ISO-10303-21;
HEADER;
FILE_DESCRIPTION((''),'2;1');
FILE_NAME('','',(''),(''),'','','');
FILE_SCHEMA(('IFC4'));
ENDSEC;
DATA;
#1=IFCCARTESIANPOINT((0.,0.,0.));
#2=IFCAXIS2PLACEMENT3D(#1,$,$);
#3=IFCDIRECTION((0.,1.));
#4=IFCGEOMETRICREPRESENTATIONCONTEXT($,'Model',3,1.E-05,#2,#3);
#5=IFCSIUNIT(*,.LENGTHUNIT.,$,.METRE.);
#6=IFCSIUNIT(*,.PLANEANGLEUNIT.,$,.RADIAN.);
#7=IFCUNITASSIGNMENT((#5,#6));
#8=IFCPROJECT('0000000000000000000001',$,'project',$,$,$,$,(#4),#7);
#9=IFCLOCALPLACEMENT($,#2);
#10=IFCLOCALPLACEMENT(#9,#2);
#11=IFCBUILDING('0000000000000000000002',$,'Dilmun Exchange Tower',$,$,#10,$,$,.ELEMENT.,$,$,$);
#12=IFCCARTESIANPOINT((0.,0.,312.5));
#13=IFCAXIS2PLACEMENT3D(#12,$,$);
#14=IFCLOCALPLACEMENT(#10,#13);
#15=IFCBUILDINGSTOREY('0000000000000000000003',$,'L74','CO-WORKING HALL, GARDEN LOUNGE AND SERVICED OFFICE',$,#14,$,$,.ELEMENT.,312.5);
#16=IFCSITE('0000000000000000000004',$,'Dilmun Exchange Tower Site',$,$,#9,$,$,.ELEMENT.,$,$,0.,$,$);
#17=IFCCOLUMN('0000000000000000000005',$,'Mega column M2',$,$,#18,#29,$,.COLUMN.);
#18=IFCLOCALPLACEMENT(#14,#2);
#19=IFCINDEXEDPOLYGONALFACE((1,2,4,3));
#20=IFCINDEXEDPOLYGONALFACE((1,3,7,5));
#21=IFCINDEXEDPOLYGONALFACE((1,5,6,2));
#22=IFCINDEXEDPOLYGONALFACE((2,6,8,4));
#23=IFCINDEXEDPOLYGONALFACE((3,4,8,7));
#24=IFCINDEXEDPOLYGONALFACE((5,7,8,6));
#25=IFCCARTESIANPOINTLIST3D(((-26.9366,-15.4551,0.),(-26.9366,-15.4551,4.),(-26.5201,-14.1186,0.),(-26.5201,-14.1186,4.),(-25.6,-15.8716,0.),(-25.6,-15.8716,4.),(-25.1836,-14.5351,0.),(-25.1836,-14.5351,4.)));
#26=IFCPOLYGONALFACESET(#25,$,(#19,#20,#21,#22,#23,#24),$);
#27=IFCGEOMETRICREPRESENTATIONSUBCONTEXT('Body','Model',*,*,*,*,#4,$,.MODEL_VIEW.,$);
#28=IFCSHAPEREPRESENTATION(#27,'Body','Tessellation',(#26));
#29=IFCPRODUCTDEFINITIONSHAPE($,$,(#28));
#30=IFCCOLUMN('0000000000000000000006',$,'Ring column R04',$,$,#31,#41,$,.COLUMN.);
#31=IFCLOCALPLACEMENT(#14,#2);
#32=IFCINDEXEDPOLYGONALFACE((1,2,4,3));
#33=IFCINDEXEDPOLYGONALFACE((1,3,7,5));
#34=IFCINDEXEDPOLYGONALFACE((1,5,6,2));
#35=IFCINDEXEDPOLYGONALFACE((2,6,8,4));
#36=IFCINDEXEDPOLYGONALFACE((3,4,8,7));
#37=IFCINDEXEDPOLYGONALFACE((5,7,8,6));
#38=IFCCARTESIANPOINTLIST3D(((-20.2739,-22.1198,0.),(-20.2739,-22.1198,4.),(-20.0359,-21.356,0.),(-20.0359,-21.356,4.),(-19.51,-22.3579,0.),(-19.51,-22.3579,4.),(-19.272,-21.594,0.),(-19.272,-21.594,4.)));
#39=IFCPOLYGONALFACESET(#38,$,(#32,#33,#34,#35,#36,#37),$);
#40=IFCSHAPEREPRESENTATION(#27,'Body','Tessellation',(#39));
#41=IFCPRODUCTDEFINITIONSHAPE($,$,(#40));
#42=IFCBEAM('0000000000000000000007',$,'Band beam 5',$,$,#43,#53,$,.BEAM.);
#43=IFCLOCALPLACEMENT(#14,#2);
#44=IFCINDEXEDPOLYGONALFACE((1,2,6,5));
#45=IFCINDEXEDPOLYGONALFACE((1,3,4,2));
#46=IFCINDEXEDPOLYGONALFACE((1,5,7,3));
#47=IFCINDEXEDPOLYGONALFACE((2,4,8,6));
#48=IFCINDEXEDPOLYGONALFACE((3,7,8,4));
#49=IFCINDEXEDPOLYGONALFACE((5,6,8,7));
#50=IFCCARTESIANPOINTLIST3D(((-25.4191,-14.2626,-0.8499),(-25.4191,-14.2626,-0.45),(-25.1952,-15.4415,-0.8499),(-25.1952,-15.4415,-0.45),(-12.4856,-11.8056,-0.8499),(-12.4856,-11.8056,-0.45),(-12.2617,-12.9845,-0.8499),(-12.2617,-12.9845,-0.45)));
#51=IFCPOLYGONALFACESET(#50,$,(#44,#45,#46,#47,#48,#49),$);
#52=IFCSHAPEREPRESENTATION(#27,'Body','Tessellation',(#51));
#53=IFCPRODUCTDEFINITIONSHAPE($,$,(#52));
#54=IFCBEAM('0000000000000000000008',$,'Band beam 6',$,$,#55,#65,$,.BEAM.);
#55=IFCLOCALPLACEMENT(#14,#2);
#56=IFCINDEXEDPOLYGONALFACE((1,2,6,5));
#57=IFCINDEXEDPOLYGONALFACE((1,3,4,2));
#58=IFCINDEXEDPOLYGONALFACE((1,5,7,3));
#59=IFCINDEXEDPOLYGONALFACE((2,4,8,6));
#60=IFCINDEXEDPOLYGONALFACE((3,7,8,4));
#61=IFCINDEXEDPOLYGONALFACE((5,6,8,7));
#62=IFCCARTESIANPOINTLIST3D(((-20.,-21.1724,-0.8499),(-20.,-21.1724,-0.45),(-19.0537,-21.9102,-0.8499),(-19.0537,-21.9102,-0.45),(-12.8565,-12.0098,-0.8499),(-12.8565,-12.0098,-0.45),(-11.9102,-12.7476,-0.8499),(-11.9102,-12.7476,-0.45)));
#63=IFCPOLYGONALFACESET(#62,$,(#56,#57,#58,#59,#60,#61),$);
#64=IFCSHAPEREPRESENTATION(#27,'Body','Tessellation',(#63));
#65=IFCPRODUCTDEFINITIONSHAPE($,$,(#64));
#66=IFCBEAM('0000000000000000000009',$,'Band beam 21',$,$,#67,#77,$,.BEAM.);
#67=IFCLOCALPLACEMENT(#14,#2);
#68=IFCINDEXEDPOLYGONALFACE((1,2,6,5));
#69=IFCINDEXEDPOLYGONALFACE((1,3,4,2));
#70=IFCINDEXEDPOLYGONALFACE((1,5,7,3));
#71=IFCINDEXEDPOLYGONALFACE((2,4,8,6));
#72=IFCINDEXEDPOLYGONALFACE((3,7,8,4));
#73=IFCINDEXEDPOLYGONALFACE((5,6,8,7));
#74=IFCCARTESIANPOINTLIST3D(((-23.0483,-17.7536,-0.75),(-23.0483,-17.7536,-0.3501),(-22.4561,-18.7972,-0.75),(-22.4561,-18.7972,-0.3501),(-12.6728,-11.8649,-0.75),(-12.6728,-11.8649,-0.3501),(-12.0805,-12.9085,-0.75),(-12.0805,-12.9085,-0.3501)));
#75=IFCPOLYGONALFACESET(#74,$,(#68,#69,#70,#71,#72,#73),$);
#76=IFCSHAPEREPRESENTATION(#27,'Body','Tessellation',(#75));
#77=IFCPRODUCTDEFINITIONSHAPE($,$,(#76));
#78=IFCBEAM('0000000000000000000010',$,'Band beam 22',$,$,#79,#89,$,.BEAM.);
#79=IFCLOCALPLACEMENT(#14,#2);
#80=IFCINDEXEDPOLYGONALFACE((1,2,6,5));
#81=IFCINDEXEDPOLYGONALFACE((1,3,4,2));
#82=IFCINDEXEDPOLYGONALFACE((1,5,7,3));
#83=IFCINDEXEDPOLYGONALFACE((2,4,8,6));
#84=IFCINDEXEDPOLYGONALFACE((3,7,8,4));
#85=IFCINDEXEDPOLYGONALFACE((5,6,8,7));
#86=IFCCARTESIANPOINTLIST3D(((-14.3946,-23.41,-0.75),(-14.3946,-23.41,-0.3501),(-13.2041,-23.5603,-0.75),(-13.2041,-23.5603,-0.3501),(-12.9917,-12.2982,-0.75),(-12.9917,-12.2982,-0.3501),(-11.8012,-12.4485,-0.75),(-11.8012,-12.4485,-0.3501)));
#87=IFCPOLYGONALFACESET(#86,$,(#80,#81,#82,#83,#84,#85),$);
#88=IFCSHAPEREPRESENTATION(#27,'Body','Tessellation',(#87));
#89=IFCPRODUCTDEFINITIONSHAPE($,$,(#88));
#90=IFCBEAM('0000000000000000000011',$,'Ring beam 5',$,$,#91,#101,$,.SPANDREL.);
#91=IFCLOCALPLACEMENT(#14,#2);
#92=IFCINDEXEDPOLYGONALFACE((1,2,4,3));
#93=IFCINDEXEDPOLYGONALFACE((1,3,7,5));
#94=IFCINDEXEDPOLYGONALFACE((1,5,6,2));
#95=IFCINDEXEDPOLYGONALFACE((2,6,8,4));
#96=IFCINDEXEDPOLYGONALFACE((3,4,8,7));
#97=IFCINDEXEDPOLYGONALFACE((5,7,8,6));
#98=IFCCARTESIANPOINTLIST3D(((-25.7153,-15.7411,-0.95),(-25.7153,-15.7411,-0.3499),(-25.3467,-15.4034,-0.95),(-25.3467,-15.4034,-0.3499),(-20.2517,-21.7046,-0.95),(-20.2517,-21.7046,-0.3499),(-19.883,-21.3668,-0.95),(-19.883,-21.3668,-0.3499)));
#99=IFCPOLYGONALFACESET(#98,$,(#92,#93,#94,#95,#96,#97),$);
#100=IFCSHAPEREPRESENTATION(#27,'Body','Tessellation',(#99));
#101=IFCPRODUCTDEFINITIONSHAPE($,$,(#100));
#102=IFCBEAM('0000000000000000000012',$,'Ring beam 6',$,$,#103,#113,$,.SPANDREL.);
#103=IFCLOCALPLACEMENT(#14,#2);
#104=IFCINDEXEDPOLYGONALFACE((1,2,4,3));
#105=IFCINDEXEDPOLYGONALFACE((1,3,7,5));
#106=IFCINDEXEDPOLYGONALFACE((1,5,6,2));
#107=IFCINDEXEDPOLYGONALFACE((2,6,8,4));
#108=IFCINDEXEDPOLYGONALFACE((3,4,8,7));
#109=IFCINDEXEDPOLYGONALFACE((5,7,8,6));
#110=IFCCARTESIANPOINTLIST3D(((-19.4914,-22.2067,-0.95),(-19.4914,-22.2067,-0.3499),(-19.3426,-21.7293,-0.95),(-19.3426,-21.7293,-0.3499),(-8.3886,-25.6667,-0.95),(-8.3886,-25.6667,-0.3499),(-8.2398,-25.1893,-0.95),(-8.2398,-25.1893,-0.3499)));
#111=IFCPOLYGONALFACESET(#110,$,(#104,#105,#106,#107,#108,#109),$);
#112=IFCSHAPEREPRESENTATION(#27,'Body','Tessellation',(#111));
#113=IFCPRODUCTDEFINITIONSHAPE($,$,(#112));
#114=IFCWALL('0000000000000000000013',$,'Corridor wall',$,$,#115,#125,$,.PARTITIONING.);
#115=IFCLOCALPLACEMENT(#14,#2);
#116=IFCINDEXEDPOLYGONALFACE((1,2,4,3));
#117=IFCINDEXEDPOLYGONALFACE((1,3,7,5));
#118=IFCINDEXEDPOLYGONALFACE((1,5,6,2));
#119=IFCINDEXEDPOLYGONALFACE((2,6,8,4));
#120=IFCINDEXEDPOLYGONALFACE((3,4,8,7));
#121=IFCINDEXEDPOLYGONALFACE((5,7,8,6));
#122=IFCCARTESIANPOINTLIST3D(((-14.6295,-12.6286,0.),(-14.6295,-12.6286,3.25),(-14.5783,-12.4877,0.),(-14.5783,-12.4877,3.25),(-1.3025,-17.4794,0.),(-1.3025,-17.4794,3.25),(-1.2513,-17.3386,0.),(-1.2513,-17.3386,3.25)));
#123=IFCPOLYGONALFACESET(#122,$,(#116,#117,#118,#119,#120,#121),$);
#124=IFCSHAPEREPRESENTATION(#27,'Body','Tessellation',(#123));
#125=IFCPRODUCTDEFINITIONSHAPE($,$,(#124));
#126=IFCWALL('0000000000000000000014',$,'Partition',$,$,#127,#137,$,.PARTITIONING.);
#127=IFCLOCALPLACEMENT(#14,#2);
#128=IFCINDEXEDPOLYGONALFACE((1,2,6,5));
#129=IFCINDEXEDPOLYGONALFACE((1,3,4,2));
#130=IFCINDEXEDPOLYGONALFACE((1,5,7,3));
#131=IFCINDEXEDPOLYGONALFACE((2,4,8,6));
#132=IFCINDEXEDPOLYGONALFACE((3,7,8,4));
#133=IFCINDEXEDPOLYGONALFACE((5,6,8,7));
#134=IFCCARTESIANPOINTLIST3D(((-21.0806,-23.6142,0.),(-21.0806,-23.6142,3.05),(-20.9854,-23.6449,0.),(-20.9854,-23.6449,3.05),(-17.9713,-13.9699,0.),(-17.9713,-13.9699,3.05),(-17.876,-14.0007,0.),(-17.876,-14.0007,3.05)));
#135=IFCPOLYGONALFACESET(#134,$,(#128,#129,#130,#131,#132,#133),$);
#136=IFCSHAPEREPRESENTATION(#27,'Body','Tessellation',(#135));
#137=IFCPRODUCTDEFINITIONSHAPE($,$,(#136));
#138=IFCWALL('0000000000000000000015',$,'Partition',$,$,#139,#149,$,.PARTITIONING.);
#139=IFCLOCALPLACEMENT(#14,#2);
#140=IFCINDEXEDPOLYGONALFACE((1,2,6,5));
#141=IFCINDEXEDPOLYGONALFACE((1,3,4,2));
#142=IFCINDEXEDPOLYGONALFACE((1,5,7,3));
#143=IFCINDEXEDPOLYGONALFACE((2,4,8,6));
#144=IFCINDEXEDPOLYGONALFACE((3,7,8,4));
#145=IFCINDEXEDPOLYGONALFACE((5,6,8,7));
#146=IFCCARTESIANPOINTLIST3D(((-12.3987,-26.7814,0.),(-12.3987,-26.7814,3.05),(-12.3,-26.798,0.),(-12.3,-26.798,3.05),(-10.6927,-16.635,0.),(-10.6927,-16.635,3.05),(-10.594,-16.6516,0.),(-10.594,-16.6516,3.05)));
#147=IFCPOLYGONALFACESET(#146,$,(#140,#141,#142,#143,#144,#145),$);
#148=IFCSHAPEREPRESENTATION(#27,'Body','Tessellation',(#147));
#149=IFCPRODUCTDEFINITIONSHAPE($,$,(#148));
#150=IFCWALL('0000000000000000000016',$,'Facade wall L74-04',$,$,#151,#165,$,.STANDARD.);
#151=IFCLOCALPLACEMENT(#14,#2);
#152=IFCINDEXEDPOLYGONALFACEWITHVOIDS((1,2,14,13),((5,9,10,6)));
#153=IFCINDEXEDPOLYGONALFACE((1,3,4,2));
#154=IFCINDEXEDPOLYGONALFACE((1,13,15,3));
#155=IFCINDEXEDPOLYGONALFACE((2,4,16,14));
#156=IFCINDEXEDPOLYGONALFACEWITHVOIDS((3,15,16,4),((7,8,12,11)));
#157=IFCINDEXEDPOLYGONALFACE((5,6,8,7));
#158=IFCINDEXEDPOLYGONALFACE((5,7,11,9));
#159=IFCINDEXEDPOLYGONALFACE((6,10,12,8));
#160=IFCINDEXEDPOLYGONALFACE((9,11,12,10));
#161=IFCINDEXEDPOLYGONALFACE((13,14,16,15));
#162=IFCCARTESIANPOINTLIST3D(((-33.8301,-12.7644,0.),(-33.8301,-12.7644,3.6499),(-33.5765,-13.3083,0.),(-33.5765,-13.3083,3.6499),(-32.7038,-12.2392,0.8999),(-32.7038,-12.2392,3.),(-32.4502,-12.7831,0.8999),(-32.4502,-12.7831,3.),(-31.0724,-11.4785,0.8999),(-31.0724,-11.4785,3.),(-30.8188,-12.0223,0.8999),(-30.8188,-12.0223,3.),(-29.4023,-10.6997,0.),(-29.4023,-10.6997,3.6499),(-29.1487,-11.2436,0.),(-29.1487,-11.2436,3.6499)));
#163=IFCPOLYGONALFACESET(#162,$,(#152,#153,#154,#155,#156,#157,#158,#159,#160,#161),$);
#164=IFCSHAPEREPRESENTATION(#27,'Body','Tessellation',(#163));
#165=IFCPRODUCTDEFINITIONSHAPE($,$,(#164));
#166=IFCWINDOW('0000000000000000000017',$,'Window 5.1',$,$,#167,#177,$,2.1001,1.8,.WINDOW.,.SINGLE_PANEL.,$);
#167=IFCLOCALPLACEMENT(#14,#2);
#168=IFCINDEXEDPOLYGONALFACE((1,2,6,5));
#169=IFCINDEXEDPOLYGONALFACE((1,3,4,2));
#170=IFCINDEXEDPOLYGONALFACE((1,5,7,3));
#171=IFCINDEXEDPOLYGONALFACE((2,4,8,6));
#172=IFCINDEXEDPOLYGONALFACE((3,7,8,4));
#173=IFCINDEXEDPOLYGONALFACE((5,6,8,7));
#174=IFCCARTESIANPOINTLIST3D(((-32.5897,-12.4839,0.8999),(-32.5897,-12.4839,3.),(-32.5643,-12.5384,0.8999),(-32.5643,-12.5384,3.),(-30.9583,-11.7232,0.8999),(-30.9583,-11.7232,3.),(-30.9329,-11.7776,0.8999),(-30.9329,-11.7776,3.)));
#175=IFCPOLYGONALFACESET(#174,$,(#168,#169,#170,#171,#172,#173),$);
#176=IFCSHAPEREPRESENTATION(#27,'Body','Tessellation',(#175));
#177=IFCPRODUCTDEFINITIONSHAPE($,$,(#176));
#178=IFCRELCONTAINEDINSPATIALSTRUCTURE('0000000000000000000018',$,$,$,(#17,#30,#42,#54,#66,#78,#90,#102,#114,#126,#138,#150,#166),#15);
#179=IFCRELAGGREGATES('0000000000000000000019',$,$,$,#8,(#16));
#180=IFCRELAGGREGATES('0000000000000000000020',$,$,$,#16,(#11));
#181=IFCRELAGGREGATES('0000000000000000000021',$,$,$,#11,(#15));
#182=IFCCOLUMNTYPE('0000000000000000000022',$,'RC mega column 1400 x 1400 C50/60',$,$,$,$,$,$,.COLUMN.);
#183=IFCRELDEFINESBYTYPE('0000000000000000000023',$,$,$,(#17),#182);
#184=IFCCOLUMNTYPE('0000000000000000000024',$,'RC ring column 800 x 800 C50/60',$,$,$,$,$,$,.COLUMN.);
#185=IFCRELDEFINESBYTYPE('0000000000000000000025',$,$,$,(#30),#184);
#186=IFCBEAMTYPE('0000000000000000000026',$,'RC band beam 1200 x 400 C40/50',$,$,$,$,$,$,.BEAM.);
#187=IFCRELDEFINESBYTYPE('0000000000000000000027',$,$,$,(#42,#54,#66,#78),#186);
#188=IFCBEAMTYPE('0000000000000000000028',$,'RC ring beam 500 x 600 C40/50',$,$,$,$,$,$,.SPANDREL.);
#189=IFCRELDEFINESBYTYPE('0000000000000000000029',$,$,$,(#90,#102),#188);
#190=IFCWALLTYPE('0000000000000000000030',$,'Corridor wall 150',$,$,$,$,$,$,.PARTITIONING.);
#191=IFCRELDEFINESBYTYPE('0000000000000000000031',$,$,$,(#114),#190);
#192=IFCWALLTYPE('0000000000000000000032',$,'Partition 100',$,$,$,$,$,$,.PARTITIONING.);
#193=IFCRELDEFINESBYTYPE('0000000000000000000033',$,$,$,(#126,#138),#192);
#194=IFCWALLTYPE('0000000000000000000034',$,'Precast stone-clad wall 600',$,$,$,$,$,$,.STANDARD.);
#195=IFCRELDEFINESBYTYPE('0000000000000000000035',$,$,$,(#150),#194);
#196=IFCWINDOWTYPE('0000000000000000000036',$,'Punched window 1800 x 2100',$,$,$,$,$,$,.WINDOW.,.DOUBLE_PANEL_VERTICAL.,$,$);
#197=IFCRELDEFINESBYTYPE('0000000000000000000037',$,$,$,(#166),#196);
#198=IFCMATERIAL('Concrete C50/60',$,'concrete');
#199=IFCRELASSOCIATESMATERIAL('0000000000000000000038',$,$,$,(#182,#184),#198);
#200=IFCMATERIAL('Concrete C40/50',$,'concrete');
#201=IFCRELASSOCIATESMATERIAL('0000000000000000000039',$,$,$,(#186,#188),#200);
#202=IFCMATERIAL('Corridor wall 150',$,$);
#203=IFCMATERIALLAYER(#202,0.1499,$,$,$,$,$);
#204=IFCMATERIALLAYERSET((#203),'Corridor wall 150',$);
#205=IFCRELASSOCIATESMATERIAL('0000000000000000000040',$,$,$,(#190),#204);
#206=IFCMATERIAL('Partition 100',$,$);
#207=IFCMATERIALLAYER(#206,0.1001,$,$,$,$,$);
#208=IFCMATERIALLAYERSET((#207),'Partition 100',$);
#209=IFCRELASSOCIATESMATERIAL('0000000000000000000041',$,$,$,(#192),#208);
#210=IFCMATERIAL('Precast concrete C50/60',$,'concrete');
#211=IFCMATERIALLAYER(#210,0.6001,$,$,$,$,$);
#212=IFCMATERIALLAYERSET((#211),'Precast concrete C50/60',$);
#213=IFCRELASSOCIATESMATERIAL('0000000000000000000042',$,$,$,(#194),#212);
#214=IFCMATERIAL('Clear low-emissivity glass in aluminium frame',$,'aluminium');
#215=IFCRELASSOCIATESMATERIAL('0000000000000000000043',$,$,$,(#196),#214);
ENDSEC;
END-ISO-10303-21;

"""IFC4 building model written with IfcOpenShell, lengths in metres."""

from ifc_helpers import new_model, si_unit, direction, frame, frame_2d, origin, origin_2d, place, context, subcontext, project, spatial, rectangle, extrude, material, layer, layer_set, material_profile, profile_set, type_object, element, fill, save


model = new_model("IFC4")

# Units and contexts
model_context = context("Model", 3, precision=1e-05, world=origin(), true_north=direction((0.0, 1.0)))
body_context = subcontext(model_context, "Body", "Model", "MODEL_VIEW")
ifc_project = project(units=[si_unit("LENGTHUNIT", "METRE"), si_unit("PLANEANGLEUNIT", "RADIAN")], contexts=[model_context])

# Site, building, storey
site_placement = place(None, origin())
site = spatial("IfcSite", under=ifc_project, at=site_placement, Name="Dilmun Exchange Tower Site", CompositionType="ELEMENT", RefElevation=0.0)
building_placement = place(site_placement, origin())
building = spatial("IfcBuilding", under=site, at=building_placement, Name="Dilmun Exchange Tower", CompositionType="ELEMENT")
storey_placement = place(building_placement, frame((0.0, 0.0, 312.5)))
storey = spatial("IfcBuildingStorey", under=building, at=storey_placement, Name="L74", Description="CO-WORKING HALL, GARDEN LOUNGE AND SERVICED OFFICE", CompositionType="ELEMENT", Elevation=312.5)

# Columns
ifc_material_1 = material(Name="Concrete C50/60", Category="concrete")
ifc_material_profile_1 = material_profile(ifc_material_1, rectangle(XDim=1.3999, YDim=1.3999, at=origin_2d()), Name="1400 x 1400")
ifc_profile_set_1 = profile_set([ifc_material_profile_1], Name="Concrete C50/60")
column_type_1 = type_object("IfcColumnType", Name="RC mega column 1400 x 1400 C50/60", PredefinedType="COLUMN", material=ifc_profile_set_1)
column_1_placement = place(storey_placement, frame((-26.0601, -14.9951, 0.0), z_axis=(0.0, 0.0, 1.0), x_axis=(0.297503, 0.954721, 0.0)))
element("IfcColumn", 1, at=column_1_placement, inside=storey, type_object=column_type_1, Name="Mega column M2", PredefinedType="COLUMN", context=body_context, shape_type="SweptSolid", body=[
    extrude(rectangle(XDim=1.3999, YDim=1.3999, at=origin_2d()), origin(), (0.0, 0.0, 1.0), 4.0),
])
ifc_material_profile_2 = material_profile(ifc_material_1, rectangle(XDim=0.8, YDim=0.8, at=origin_2d()), Name="800 x 800")
ifc_profile_set_2 = profile_set([ifc_material_profile_2], Name="Concrete C50/60")
column_type_2 = type_object("IfcColumnType", Name="RC ring column 800 x 800 C50/60", PredefinedType="COLUMN", material=ifc_profile_set_2)
column_2_placement = place(storey_placement, frame((-19.7729, -21.8569, 0.0), z_axis=(0.0, 0.0, 1.0), x_axis=(0.297503, 0.954721, 0.0)))
element("IfcColumn", 2, at=column_2_placement, inside=storey, type_object=column_type_2, Name="Ring column R04", PredefinedType="COLUMN", context=body_context, shape_type="SweptSolid", body=[
    extrude(rectangle(XDim=0.8, YDim=0.8, at=origin_2d()), origin(), (0.0, 0.0, 1.0), 4.0),
])

# Beams
ifc_material_2 = material(Name="Concrete C40/50", Category="concrete")
ifc_material_profile_3 = material_profile(ifc_material_2, rectangle(XDim=1.2, YDim=0.3999, at=origin_2d()), Name="1200 x 400")
ifc_profile_set_3 = profile_set([ifc_material_profile_3], Name="Concrete C40/50")
beam_type_1 = type_object("IfcBeamType", Name="RC band beam 1200 x 400 C40/50", PredefinedType="BEAM", material=ifc_profile_set_3)
beam_1_placement = place(storey_placement, frame((-25.3071, -14.8521, -0.6499), z_axis=(0.982429, 0.186635, 0.0), x_axis=(-0.186635, 0.982429, 0.0)))
element("IfcBeam", 3, at=beam_1_placement, inside=storey, type_object=beam_type_1, Name="Band beam 5", PredefinedType="BEAM", context=body_context, shape_type="SweptSolid", body=[
    extrude(rectangle(XDim=1.2, YDim=0.3999, at=origin_2d()), origin(), (0.0, 0.0, 1.0), 13.1648),
])
beam_2_placement = place(storey_placement, frame((-19.5269, -21.5413, -0.6499), z_axis=(0.614857, 0.788639, 0.0), x_axis=(-0.788639, 0.614857, 0.0)))
element("IfcBeam", 4, at=beam_2_placement, inside=storey, type_object=beam_type_1, Name="Band beam 6", PredefinedType="BEAM", context=body_context, shape_type="SweptSolid", body=[
    extrude(rectangle(XDim=1.2, YDim=0.3999, at=origin_2d()), origin(), (0.0, 0.0, 1.0), 11.6182),
])
beam_3_placement = place(storey_placement, frame((-22.7522, -18.2754, -0.55), z_axis=(0.86969, 0.493598, 0.0), x_axis=(-0.493598, 0.86969, 0.0)))
element("IfcBeam", 5, at=beam_3_placement, inside=storey, type_object=beam_type_1, Name="Band beam 21", PredefinedType="BEAM", context=body_context, shape_type="SweptSolid", body=[
    extrude(rectangle(XDim=1.2, YDim=0.3999, at=origin_2d()), origin(), (0.0, 0.0, 1.0), 11.9302),
])
beam_4_placement = place(storey_placement, frame((-13.7993, -23.4851, -0.55), z_axis=(0.125253, 0.992125, 0.0), x_axis=(-0.992125, 0.125253, 0.0)))
element("IfcBeam", 6, at=beam_4_placement, inside=storey, type_object=beam_type_1, Name="Band beam 22", PredefinedType="BEAM", context=body_context, shape_type="SweptSolid", body=[
    extrude(rectangle(XDim=1.2, YDim=0.3999, at=origin_2d()), origin(), (0.0, 0.0, 1.0), 11.2),
])
ifc_material_profile_4 = material_profile(ifc_material_2, rectangle(XDim=0.5, YDim=0.6001, at=origin_2d()), Name="500 x 600")
ifc_profile_set_4 = profile_set([ifc_material_profile_4], Name="Concrete C40/50")
beam_type_2 = type_object("IfcBeamType", Name="RC ring beam 500 x 600 C40/50", PredefinedType="SPANDREL", material=ifc_profile_set_4)
beam_5_placement = place(storey_placement, frame((-25.531, -15.5723, -0.6499), z_axis=(0.675536, -0.737327, 0.0), x_axis=(0.737327, 0.675536, 0.0)))
element("IfcBeam", 7, at=beam_5_placement, inside=storey, type_object=beam_type_2, Name="Ring beam 5", PredefinedType="SPANDREL", context=body_context, shape_type="SweptSolid", body=[
    extrude(rectangle(XDim=0.5, YDim=0.6001, at=origin_2d()), origin(), (0.0, 0.0, 1.0), 8.0879),
])
beam_6_placement = place(storey_placement, frame((-19.417, -21.968, -0.6499), z_axis=(0.954716, -0.297518, 0.0), x_axis=(0.297518, 0.954716, 0.0)))
element("IfcBeam", 8, at=beam_6_placement, inside=storey, type_object=beam_type_2, Name="Ring beam 6", PredefinedType="SPANDREL", context=body_context, shape_type="SweptSolid", body=[
    extrude(rectangle(XDim=0.5, YDim=0.6001, at=origin_2d()), origin(), (0.0, 0.0, 1.0), 11.6294),
])

# Walls
ifc_material_3 = material(Name="Corridor wall 150")
ifc_layer_1 = layer(ifc_material_3, 0.1499)
ifc_layer_set_1 = layer_set([ifc_layer_1], Name="Corridor wall 150")
wall_type_1 = type_object("IfcWallType", Name="Corridor wall 150", PredefinedType="PARTITIONING", material=ifc_layer_set_1)
wall_1_placement = place(storey_placement, frame((-14.604, -12.5581, 0.0), z_axis=(0.0, 0.0, 1.0), x_axis=(0.939687, -0.342035, 0.0)))
element("IfcWall", 9, at=wall_1_placement, inside=storey, type_object=wall_type_1, Name="Corridor wall", PredefinedType="PARTITIONING", context=body_context, shape_type="SweptSolid", body=[
    extrude(rectangle(XDim=14.1824, YDim=0.1499, at=frame_2d((7.0913, 0.0))), origin(), (0.0, 0.0, 1.0), 3.25),
])
ifc_material_4 = material(Name="Partition 100")
ifc_layer_2 = layer(ifc_material_4, 0.1001)
ifc_layer_set_2 = layer_set([ifc_layer_2], Name="Partition 100")
wall_type_2 = type_object("IfcWallType", Name="Partition 100", PredefinedType="PARTITIONING", material=ifc_layer_set_2)
wall_2_placement = place(storey_placement, frame((-21.033, -23.6294, 0.0), z_axis=(0.0, 0.0, 1.0), x_axis=(0.306852, 0.951757, 0.0)))
element("IfcWall", 10, at=wall_2_placement, inside=storey, type_object=wall_type_2, Name="Partition", PredefinedType="PARTITIONING", context=body_context, shape_type="SweptSolid", body=[
    extrude(rectangle(XDim=10.1331, YDim=0.1001, at=frame_2d((5.0664, 0.0))), origin(), (0.0, 0.0, 1.0), 3.05),
])
wall_3_placement = place(storey_placement, frame((-12.3494, -26.7898, 0.0), z_axis=(0.0, 0.0, 1.0), x_axis=(0.165815, 0.986157, 0.0)))
element("IfcWall", 11, at=wall_3_placement, inside=storey, type_object=wall_type_2, Name="Partition", PredefinedType="PARTITIONING", context=body_context, shape_type="SweptSolid", body=[
    extrude(rectangle(XDim=10.2888, YDim=0.1001, at=frame_2d((5.1445, 0.0))), origin(), (0.0, 0.0, 1.0), 3.05),
])

# Wall, opening, window
ifc_material_5 = material(Name="Precast concrete C50/60", Category="concrete")
ifc_layer_3 = layer(ifc_material_5, 0.6001)
ifc_layer_set_3 = layer_set([ifc_layer_3], Name="Precast concrete C50/60")
wall_type_3 = type_object("IfcWallType", Name="Precast stone-clad wall 600", PredefinedType="STANDARD", material=ifc_layer_set_3)
wall_4_placement = place(storey_placement, frame((-33.7034, -13.0364, 0.0), z_axis=(0.0, 0.0, 1.0), x_axis=(0.906307, 0.42262, 0.0)))
wall_4 = element("IfcWall", 12, at=wall_4_placement, inside=storey, type_object=wall_type_3, Name="Facade wall L74-04", PredefinedType="STANDARD", context=body_context, shape_type="SweptSolid", body=[
    extrude(rectangle(XDim=4.8855, YDim=0.6001, at=frame_2d((2.4429, 0.0))), origin(), (0.0, 0.0, 1.0), 3.6499),
])
opening_1_placement = place(wall_4_placement, frame((1.2429, 0.0, 0.8999)))
opening_1 = element("IfcOpeningElement", 13, at=opening_1_placement, cuts=wall_4, PredefinedType="OPENING", context=body_context, shape_type="SweptSolid", body=[
    extrude(rectangle(XDim=1.8, YDim=2.1001, at=frame_2d((0.8999, 1.05))), frame((0.0, 0.3101, 0.0), z_axis=(0.0, -1.0, 0.0), x_axis=(1.0, 0.0, 0.0)), (0.0, 0.0, 1.0), 0.6201),
])
ifc_material_6 = material(Name="Clear low-emissivity glass in aluminium frame", Category="aluminium")
window_type_1 = type_object("IfcWindowType", Name="Punched window 1800 x 2100", PartitioningType="DOUBLE_PANEL_VERTICAL", PredefinedType="WINDOW", material=ifc_material_6)
window_1_placement = place(opening_1_placement, origin())
window_1 = element("IfcWindow", 14, at=window_1_placement, inside=storey, type_object=window_type_1, Name="Window 5.1", OverallHeight=2.1001, OverallWidth=1.8, PartitioningType="SINGLE_PANEL", PredefinedType="WINDOW", context=body_context, shape_type="SweptSolid", body=[
    extrude(rectangle(XDim=1.8, YDim=2.1001, at=frame_2d((0.8999, 1.05))), frame((0.0, 0.03, 0.0), z_axis=(0.0, -1.0, 0.0), x_axis=(1.0, 0.0, 0.0)), (0.0, 0.0, 1.0), 0.0601),
])
fill(opening_1, window_1)

save(model, "model.ifc")
